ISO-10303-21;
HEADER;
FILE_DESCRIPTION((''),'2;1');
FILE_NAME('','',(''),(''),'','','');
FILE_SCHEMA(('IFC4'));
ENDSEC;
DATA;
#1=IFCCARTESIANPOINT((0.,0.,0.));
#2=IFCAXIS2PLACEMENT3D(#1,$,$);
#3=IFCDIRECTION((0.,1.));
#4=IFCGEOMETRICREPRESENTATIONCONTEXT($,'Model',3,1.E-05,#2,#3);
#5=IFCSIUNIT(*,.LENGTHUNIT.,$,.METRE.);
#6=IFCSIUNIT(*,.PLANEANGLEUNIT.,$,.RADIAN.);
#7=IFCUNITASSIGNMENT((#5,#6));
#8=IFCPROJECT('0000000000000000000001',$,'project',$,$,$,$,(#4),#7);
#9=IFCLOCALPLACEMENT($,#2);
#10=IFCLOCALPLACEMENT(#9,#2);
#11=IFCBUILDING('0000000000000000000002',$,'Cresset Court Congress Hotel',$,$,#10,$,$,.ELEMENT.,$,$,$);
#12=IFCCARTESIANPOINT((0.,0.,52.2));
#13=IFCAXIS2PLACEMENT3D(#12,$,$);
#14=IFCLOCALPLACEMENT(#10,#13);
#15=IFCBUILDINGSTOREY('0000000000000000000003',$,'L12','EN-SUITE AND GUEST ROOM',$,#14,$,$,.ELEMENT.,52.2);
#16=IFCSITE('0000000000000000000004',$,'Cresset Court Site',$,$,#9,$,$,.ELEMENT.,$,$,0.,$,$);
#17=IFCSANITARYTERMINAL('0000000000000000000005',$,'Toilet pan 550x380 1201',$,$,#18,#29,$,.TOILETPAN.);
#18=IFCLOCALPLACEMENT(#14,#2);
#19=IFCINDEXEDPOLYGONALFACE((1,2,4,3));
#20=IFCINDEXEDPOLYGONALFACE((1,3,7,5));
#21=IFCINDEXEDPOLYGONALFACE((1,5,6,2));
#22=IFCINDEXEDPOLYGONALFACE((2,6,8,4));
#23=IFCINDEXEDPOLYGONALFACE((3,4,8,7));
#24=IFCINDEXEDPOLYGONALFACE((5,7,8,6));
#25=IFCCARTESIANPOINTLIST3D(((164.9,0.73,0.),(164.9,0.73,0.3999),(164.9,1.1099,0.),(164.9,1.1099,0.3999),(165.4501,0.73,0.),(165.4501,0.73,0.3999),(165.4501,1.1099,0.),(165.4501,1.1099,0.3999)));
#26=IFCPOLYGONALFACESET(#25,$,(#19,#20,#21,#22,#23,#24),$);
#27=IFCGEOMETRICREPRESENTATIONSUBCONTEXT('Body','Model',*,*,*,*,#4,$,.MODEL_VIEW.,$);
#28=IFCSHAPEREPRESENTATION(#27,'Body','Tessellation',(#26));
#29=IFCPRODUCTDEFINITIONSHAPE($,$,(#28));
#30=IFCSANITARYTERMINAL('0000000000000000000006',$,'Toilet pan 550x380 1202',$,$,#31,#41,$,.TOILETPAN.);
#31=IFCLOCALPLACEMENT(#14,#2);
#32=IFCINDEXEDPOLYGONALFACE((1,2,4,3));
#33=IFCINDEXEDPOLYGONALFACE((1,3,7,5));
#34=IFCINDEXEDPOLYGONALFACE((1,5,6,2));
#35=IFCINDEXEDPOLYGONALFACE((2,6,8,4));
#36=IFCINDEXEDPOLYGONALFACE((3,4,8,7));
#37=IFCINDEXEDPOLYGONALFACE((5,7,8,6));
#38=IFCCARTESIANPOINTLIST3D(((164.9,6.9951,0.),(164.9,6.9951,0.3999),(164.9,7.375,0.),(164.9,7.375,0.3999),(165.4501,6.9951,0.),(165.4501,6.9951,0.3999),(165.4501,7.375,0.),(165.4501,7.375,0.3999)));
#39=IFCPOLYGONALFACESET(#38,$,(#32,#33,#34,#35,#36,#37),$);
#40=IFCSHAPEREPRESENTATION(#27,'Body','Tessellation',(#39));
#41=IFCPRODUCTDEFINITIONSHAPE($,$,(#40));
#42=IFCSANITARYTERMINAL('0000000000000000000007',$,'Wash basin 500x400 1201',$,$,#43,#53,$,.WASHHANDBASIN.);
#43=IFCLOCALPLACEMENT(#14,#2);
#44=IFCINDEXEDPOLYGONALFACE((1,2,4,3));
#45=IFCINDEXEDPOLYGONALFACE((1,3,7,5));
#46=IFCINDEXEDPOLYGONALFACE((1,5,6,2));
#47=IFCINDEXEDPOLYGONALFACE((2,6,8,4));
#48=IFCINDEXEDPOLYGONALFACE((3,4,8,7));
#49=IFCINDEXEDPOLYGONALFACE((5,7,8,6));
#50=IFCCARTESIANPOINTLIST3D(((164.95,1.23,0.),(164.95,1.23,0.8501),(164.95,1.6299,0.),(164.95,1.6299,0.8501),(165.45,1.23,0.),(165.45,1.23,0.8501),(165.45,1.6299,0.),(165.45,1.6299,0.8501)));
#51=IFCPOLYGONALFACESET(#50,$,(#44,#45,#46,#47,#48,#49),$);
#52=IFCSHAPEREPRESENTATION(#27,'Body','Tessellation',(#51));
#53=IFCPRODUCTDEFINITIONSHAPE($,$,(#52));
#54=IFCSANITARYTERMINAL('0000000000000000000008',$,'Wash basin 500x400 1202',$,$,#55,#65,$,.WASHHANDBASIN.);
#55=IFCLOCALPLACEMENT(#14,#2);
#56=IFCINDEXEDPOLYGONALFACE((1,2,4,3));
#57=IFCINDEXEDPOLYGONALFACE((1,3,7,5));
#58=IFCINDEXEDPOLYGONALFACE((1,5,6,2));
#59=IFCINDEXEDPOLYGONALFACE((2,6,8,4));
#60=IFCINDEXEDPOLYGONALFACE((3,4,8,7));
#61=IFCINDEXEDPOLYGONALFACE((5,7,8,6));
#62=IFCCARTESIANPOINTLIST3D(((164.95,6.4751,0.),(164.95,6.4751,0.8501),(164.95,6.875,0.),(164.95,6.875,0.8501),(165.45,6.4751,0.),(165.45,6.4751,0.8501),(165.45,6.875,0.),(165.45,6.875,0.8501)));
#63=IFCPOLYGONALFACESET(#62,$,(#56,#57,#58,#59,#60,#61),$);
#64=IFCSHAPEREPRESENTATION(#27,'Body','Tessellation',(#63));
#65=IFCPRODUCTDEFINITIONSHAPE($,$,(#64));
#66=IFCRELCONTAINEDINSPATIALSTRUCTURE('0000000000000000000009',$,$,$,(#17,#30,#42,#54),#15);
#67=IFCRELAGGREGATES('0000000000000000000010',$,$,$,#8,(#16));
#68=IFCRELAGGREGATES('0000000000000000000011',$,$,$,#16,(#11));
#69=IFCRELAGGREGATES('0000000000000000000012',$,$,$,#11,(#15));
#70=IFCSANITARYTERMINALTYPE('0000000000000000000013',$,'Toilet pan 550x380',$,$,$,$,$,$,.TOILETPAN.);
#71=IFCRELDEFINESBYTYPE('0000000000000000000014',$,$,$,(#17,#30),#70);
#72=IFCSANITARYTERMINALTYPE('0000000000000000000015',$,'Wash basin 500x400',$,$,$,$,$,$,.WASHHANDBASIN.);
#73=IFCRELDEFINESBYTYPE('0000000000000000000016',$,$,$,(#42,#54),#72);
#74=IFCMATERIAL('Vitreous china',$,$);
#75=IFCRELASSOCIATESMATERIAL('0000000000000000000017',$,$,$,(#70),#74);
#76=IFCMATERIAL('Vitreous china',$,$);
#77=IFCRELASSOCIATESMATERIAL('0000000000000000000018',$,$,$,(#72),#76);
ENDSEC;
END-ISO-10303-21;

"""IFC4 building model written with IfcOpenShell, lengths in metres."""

from ifc_helpers import new_model, si_unit, direction, frame, origin, origin_2d, place, context, subcontext, project, spatial, rectangle, extrude, material, type_object, element, save


model = new_model("IFC4")

# Units and contexts
model_context = context("Model", 3, precision=1e-05, world=origin(), true_north=direction((0.0, 1.0)))
body_context = subcontext(model_context, "Body", "Model", "MODEL_VIEW")
ifc_project = project(units=[si_unit("LENGTHUNIT", "METRE"), si_unit("PLANEANGLEUNIT", "RADIAN")], contexts=[model_context])

# Site, building, storey
site_placement = place(None, origin())
site = spatial("IfcSite", under=ifc_project, at=site_placement, Name="Cresset Court Site", CompositionType="ELEMENT", RefElevation=0.0)
building_placement = place(site_placement, origin())
building = spatial("IfcBuilding", under=site, at=building_placement, Name="Cresset Court Congress Hotel", CompositionType="ELEMENT")
storey_placement = place(building_placement, frame((0.0, 0.0, 52.2)))
storey = spatial("IfcBuildingStorey", under=building, at=storey_placement, Name="L12", Description="EN-SUITE AND GUEST ROOM", CompositionType="ELEMENT", Elevation=52.2)

# Sanitary terminals
ifc_material_1 = material(Name="Vitreous china")
sanitary_terminal_type_1 = type_object("IfcSanitaryTerminalType", Name="Toilet pan 550x380", PredefinedType="TOILETPAN", material=ifc_material_1)
for number, where, z_axis, x_axis, name in (
    (1, (165.175, 0.9199, 0.0), (0.0, 0.0, 1.0), (1.0, 0.0, 0.0), "Toilet pan 550x380 1201"),
    (2, (165.175, 7.1851, 0.0), (0.0, 0.0, 1.0), (1.0, 0.0, 0.0), "Toilet pan 550x380 1202"),
):
    element("IfcSanitaryTerminal", number, at=place(storey_placement, frame(where, z_axis=z_axis, x_axis=x_axis)), inside=storey, type_object=sanitary_terminal_type_1, Name=name, PredefinedType="TOILETPAN", context=body_context, shape_type="SweptSolid", body=[
        extrude(rectangle(XDim=0.55, YDim=0.3799, at=origin_2d()), origin(), (0.0, 0.0, 1.0), 0.3999),
    ])
ifc_material_2 = material(Name="Vitreous china")
sanitary_terminal_type_2 = type_object("IfcSanitaryTerminalType", Name="Wash basin 500x400", PredefinedType="WASHHANDBASIN", material=ifc_material_2)
for number, where, z_axis, x_axis, name in (
    (3, (165.2, 1.4299, 0.0), (0.0, 0.0, 1.0), (1.0, 0.0, 0.0), "Wash basin 500x400 1201"),
    (4, (165.2, 6.675, 0.0), (0.0, 0.0, 1.0), (1.0, 0.0, 0.0), "Wash basin 500x400 1202"),
):
    element("IfcSanitaryTerminal", number, at=place(storey_placement, frame(where, z_axis=z_axis, x_axis=x_axis)), inside=storey, type_object=sanitary_terminal_type_2, Name=name, PredefinedType="WASHHANDBASIN", context=body_context, shape_type="SweptSolid", body=[
        extrude(rectangle(XDim=0.5, YDim=0.3999, at=origin_2d()), origin(), (0.0, 0.0, 1.0), 0.8501),
    ])

save(model, "model.ifc")
